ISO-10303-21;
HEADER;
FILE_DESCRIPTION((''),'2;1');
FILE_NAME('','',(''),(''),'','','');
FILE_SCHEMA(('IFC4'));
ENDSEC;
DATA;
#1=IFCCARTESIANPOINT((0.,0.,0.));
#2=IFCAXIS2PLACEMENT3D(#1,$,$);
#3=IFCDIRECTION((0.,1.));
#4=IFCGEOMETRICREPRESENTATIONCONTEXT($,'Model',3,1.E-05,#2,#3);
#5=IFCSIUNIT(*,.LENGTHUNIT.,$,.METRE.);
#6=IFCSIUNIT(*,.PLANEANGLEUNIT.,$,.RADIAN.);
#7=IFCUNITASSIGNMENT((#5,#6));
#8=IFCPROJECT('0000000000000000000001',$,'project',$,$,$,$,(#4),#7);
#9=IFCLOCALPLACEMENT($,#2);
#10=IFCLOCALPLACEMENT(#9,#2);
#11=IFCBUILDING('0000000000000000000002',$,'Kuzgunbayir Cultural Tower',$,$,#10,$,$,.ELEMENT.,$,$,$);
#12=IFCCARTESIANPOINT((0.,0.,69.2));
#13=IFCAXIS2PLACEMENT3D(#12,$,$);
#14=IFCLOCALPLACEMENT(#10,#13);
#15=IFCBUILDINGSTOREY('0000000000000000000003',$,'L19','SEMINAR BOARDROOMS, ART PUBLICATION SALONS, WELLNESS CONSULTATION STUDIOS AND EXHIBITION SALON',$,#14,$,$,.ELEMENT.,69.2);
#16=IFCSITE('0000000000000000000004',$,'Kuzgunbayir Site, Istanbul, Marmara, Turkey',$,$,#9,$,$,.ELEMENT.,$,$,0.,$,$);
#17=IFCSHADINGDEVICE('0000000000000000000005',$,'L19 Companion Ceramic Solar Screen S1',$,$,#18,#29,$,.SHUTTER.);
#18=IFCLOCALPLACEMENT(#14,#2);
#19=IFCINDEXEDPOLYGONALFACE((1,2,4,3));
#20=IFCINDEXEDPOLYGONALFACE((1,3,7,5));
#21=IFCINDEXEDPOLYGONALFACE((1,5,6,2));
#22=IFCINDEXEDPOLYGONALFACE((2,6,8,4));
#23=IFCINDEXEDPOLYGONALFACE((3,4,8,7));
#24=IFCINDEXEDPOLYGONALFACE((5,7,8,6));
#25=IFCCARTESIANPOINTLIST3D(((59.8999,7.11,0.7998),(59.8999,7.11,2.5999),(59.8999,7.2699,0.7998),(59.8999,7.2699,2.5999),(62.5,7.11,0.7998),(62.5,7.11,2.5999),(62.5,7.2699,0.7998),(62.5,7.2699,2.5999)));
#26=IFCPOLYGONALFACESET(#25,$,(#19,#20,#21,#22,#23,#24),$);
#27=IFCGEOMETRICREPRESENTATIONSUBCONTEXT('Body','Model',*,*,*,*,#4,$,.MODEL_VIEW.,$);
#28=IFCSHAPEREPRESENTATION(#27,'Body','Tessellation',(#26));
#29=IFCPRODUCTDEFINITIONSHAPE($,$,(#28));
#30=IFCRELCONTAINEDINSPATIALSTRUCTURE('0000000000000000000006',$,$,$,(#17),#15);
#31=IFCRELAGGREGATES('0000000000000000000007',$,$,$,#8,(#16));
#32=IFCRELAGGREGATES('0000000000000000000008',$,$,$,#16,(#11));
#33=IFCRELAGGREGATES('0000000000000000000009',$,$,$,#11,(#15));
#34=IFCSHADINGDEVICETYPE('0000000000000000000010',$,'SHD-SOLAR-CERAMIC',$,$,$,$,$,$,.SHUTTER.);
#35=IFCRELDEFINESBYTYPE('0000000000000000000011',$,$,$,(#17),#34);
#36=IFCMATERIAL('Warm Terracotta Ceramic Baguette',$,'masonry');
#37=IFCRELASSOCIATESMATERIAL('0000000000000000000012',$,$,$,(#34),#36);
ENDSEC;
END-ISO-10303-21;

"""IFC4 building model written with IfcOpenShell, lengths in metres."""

from ifc_helpers import new_model, si_unit, direction, frame, origin, origin_2d, place, context, subcontext, project, spatial, rectangle, extrude, material, type_object, element, save


model = new_model("IFC4")

# Units and contexts
model_context = context("Model", 3, precision=1e-05, world=origin(), true_north=direction((0.0, 1.0)))
body_context = subcontext(model_context, "Body", "Model", "MODEL_VIEW")
ifc_project = project(units=[si_unit("LENGTHUNIT", "METRE"), si_unit("PLANEANGLEUNIT", "RADIAN")], contexts=[model_context])

# Site, building, storey
site_placement = place(None, origin())
site = spatial("IfcSite", under=ifc_project, at=site_placement, Name="Kuzgunbayir Site, Istanbul, Marmara, Turkey", CompositionType="ELEMENT", RefElevation=0.0)
building_placement = place(site_placement, origin())
building = spatial("IfcBuilding", under=site, at=building_placement, Name="Kuzgunbayir Cultural Tower", CompositionType="ELEMENT")
storey_placement = place(building_placement, frame((0.0, 0.0, 69.2)))
storey = spatial("IfcBuildingStorey", under=building, at=storey_placement, Name="L19", Description="SEMINAR BOARDROOMS, ART PUBLICATION SALONS, WELLNESS CONSULTATION STUDIOS AND EXHIBITION SALON", CompositionType="ELEMENT", Elevation=69.2)

# Shading device
ifc_material_1 = material(Name="Warm Terracotta Ceramic Baguette", Category="masonry")
shading_device_type = type_object("IfcShadingDeviceType", Name="SHD-SOLAR-CERAMIC", PredefinedType="SHUTTER", material=ifc_material_1)
shading_device_placement = place(storey_placement, frame((61.2, 7.1899, 0.7998), z_axis=(0.0, 0.0, 1.0), x_axis=(1.0, 0.0, 0.0)))
element("IfcShadingDevice", 1, at=shading_device_placement, inside=storey, type_object=shading_device_type, Name="L19 Companion Ceramic Solar Screen S1", PredefinedType="SHUTTER", context=body_context, shape_type="SweptSolid", body=[
    extrude(rectangle(XDim=2.6001, YDim=0.1599, at=origin_2d()), origin(), (0.0, 0.0, 1.0), 1.8),
])

save(model, "model.ifc")
